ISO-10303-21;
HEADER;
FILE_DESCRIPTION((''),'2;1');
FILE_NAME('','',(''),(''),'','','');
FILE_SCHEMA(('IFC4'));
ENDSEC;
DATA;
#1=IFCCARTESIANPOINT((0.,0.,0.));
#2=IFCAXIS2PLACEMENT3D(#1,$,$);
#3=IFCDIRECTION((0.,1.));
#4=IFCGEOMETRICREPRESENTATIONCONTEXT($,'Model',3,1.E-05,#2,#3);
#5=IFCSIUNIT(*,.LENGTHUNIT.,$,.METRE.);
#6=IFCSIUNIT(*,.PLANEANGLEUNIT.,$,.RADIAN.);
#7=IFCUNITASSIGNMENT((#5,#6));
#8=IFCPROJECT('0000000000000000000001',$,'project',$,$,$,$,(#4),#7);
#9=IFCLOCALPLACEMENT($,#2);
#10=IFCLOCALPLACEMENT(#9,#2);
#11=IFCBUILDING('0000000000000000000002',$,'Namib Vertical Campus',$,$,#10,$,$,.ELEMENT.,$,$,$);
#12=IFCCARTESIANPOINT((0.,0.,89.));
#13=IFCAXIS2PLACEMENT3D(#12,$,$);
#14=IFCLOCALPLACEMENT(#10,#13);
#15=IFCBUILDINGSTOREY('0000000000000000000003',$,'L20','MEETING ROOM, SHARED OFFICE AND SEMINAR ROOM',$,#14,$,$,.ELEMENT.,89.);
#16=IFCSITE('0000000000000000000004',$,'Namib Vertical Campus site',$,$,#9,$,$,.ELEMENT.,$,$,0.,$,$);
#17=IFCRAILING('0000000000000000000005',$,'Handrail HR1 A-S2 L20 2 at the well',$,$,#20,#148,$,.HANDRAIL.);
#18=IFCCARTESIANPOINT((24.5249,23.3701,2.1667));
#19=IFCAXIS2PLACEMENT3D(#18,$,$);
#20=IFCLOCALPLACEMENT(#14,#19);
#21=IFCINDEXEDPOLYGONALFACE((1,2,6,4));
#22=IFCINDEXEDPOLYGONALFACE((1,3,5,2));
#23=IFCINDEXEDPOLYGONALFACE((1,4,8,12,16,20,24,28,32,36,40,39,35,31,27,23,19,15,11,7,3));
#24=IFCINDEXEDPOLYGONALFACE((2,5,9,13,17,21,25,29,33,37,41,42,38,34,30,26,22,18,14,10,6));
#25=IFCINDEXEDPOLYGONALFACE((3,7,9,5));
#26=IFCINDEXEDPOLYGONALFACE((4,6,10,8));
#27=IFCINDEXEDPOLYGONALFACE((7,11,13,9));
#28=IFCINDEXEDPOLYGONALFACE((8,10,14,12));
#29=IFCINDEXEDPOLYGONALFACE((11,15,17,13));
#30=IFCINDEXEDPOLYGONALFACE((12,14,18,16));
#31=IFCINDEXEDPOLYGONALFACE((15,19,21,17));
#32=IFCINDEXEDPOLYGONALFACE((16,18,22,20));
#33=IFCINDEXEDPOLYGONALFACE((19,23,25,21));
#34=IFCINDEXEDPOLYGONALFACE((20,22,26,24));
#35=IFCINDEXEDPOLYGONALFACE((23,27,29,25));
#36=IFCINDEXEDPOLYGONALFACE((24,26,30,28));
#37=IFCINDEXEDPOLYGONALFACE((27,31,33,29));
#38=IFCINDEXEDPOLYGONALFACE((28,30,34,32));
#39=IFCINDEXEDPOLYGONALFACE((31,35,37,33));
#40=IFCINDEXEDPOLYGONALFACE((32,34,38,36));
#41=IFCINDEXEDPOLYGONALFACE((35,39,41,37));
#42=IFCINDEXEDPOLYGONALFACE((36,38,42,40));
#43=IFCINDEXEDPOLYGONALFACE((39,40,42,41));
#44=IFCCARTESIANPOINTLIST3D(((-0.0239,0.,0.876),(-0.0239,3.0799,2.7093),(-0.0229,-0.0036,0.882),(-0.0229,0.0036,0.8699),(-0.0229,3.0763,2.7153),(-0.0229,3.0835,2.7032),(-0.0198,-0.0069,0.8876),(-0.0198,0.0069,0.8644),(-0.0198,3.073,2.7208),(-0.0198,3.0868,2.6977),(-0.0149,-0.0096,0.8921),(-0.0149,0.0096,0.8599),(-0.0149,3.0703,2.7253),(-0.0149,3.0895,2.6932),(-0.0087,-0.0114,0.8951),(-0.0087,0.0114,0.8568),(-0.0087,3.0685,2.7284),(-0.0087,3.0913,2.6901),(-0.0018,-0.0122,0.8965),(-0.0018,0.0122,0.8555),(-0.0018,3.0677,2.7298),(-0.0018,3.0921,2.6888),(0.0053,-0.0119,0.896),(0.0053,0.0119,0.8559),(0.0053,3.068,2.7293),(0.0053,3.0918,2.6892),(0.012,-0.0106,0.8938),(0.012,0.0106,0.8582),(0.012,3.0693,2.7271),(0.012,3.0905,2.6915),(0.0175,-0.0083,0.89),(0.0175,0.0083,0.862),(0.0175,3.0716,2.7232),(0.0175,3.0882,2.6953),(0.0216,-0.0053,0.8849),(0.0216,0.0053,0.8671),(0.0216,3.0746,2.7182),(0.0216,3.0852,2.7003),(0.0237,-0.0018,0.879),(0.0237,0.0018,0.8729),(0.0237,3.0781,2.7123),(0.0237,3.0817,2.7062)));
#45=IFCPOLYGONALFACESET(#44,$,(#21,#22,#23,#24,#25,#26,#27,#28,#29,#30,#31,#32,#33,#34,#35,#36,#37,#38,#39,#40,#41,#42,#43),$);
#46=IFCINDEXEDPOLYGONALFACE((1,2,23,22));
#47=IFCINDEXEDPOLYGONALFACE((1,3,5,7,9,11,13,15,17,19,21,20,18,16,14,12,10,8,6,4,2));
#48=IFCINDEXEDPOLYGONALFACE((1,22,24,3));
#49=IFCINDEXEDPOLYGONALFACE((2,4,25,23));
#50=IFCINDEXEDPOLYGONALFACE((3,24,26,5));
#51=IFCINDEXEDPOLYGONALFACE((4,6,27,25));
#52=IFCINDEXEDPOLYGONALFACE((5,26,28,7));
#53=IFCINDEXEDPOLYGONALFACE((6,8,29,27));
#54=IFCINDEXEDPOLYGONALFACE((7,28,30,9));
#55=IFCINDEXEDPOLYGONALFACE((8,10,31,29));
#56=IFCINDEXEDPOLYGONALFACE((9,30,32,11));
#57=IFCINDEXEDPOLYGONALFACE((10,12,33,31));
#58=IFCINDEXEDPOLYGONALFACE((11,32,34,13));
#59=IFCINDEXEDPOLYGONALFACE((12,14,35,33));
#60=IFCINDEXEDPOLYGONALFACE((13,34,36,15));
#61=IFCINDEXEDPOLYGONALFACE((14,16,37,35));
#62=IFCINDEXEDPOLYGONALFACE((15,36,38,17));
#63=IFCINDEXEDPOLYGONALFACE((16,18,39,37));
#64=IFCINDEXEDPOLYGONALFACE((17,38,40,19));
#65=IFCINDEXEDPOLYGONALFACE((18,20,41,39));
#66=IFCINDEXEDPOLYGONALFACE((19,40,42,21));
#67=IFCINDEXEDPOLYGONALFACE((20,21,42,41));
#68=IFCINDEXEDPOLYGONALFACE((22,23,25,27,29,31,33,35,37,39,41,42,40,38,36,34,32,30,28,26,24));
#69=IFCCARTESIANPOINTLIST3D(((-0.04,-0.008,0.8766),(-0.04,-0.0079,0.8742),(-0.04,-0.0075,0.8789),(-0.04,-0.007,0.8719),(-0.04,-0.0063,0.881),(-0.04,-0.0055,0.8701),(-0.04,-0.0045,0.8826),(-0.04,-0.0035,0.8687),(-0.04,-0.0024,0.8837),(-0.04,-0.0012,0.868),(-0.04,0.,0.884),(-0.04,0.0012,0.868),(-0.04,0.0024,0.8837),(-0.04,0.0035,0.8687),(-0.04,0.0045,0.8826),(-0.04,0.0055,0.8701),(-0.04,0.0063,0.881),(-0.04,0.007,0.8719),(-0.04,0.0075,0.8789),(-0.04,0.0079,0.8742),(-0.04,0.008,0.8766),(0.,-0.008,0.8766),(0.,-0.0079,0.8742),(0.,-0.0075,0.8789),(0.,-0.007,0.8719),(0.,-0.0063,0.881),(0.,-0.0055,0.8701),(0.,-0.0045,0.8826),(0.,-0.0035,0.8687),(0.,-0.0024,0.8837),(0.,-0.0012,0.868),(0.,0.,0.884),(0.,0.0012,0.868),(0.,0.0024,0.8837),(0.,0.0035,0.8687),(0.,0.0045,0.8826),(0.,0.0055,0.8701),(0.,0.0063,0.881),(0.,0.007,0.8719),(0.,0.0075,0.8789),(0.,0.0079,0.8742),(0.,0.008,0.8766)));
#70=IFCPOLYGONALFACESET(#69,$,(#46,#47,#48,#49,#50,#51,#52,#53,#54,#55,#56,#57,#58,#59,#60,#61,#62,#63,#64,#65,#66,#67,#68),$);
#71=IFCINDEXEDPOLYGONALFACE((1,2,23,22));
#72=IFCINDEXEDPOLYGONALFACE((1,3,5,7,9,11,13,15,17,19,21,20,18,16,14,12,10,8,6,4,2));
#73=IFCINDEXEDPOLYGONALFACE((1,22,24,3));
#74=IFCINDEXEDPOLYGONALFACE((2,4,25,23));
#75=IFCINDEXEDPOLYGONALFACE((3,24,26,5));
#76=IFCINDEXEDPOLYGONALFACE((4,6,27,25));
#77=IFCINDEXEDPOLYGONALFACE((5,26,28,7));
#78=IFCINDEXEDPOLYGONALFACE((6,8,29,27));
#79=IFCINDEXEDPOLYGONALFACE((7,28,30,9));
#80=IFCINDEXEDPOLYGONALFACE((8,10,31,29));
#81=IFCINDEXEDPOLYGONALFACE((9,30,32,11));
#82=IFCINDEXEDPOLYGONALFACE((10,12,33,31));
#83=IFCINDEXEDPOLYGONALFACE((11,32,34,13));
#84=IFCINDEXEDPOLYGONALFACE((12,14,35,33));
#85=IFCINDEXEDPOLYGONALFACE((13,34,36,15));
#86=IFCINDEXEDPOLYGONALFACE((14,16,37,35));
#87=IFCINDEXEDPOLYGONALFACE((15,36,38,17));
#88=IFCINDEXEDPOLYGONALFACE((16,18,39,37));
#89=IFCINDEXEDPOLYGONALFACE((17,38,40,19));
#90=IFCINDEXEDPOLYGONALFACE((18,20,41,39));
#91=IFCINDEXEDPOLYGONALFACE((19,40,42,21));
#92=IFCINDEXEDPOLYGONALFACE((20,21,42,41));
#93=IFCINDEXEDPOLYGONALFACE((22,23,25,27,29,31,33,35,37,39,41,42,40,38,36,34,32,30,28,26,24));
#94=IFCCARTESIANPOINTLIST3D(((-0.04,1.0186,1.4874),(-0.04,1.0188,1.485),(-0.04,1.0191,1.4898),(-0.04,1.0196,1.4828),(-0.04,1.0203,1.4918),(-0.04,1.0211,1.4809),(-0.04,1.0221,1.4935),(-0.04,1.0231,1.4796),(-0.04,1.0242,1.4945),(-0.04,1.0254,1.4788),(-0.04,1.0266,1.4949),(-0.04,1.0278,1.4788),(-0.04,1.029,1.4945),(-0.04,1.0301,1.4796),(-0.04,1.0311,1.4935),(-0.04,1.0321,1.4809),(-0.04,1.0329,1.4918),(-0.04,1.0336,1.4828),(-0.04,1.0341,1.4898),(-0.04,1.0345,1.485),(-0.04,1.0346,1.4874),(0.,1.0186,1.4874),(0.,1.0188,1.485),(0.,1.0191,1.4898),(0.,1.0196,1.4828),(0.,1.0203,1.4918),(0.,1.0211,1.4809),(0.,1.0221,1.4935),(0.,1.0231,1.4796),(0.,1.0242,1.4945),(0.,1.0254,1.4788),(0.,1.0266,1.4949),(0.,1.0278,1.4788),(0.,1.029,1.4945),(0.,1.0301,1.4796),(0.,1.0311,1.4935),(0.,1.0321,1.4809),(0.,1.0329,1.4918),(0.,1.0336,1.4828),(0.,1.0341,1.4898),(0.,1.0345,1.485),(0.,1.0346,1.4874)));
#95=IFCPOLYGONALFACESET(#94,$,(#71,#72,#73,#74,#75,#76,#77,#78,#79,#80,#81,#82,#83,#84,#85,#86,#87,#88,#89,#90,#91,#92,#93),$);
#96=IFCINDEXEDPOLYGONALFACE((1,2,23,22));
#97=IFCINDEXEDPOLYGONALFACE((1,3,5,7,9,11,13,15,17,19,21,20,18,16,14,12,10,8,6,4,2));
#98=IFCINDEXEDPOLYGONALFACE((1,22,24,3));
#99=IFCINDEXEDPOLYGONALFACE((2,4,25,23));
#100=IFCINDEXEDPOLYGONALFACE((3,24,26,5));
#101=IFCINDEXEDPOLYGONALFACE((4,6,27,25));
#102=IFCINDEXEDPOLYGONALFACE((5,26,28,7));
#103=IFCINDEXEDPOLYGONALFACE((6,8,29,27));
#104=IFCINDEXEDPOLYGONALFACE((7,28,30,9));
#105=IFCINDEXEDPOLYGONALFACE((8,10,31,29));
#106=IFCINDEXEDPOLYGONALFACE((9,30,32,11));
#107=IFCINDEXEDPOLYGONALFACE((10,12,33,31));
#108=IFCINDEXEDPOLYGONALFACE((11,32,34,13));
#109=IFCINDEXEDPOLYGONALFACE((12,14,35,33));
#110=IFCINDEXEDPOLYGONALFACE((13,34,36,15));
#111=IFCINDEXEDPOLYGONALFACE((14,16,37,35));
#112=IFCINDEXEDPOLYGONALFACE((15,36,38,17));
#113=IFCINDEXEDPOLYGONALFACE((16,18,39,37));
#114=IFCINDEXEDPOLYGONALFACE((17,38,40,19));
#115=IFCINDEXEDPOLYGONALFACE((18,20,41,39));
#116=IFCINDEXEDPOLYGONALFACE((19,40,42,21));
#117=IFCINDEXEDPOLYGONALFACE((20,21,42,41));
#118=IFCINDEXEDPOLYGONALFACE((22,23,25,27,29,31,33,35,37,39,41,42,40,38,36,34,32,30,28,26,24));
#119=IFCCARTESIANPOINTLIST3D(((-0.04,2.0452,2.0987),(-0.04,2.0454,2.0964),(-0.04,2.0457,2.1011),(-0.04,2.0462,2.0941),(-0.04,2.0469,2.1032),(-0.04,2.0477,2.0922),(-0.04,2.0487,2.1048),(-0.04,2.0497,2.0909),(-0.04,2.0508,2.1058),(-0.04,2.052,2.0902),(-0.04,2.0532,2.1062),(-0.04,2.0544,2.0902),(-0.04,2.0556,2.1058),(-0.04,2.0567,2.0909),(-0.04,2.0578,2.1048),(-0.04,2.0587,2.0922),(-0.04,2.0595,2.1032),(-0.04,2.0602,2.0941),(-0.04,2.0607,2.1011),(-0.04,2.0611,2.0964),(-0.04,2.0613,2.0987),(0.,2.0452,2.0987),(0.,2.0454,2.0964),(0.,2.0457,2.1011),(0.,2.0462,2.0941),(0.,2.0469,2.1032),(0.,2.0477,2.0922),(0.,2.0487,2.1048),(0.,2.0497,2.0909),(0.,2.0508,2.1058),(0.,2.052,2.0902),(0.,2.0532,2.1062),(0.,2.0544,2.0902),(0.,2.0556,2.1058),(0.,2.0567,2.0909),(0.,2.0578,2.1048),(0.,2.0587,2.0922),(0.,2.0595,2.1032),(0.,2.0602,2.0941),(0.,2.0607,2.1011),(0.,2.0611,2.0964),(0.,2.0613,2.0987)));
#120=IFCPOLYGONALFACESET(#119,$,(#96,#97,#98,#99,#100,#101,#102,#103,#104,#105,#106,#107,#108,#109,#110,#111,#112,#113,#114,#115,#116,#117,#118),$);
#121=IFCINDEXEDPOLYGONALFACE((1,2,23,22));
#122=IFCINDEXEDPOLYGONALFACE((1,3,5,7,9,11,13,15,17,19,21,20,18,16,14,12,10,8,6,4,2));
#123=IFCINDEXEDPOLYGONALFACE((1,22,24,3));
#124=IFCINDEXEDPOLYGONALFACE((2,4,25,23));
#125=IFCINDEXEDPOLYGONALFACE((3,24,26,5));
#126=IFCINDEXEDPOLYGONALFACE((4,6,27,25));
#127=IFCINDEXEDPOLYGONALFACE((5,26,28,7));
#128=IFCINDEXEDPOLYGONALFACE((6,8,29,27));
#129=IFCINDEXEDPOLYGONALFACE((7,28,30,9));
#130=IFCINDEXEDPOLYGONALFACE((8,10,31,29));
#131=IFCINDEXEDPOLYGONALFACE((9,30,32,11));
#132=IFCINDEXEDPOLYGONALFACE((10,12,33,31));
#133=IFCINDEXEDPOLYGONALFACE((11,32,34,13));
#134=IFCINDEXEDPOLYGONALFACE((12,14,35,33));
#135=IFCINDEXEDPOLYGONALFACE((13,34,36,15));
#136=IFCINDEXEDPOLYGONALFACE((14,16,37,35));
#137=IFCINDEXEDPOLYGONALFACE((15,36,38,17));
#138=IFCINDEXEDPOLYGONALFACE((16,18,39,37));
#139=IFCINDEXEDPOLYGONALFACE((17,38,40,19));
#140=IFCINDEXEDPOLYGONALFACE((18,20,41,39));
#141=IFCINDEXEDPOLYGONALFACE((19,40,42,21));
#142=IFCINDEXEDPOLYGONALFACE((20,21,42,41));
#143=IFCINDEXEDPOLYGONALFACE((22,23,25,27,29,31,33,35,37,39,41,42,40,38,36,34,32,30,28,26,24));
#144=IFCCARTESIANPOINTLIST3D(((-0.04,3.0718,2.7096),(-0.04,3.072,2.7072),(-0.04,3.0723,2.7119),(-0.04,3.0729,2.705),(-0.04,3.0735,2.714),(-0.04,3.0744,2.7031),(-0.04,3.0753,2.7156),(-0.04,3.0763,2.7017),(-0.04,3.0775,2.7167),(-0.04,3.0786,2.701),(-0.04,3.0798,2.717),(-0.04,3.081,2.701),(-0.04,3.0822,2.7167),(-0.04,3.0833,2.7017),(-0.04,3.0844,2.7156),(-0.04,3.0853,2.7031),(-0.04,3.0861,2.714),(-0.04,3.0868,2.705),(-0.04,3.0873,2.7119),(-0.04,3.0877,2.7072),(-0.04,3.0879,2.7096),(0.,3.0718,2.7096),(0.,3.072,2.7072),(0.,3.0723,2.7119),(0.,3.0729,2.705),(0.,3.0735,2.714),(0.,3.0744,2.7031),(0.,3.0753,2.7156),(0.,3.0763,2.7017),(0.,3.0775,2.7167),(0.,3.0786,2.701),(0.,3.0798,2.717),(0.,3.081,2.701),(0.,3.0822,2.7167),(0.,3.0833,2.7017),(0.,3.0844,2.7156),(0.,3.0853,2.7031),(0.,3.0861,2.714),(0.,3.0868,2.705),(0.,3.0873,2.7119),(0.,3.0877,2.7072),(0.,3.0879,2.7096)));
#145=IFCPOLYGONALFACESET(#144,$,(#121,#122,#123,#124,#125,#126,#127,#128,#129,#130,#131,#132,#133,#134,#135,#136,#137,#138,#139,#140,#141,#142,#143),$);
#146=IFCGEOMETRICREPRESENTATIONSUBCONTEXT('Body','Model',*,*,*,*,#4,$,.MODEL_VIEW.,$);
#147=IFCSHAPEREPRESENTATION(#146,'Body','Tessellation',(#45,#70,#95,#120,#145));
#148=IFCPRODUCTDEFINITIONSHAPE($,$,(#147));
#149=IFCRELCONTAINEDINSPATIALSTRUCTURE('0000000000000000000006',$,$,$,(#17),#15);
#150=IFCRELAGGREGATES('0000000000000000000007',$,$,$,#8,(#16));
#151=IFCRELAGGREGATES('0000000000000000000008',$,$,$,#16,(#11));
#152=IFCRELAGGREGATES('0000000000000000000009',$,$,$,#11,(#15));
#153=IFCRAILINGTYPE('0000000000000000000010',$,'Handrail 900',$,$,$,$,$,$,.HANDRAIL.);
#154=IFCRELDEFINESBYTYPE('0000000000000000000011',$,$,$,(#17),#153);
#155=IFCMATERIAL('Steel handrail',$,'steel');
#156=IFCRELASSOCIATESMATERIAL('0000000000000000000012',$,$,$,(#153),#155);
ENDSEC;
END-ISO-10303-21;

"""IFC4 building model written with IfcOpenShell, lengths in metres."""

from ifc_helpers import new_model, si_unit, direction, frame, origin, origin_2d, place, context, subcontext, project, spatial, circle, extrude, material, type_object, element, save


model = new_model("IFC4")

# Units and contexts
model_context = context("Model", 3, precision=1e-05, world=origin(), true_north=direction((0.0, 1.0)))
body_context = subcontext(model_context, "Body", "Model", "MODEL_VIEW")
ifc_project = project(units=[si_unit("LENGTHUNIT", "METRE"), si_unit("PLANEANGLEUNIT", "RADIAN")], contexts=[model_context])

# Site, building, storey
site_placement = place(None, origin())
site = spatial("IfcSite", under=ifc_project, at=site_placement, Name="Namib Vertical Campus site", CompositionType="ELEMENT", RefElevation=0.0)
building_placement = place(site_placement, origin())
building = spatial("IfcBuilding", under=site, at=building_placement, Name="Namib Vertical Campus", CompositionType="ELEMENT")
storey_placement = place(building_placement, frame((0.0, 0.0, 89.0)))
storey = spatial("IfcBuildingStorey", under=building, at=storey_placement, Name="L20", Description="MEETING ROOM, SHARED OFFICE AND SEMINAR ROOM", CompositionType="ELEMENT", Elevation=89.0)

# Railing
ifc_material_1 = material(Name="Steel handrail", Category="steel")
railing_type_1 = type_object("IfcRailingType", Name="Handrail 900", PredefinedType="HANDRAIL", material=ifc_material_1)
railing_1_placement = place(storey_placement, frame((24.5249, 23.3701, 2.1667)))
element("IfcRailing", 1, at=railing_1_placement, inside=storey, type_object=railing_type_1, Name="Handrail HR1 A-S2 L20 2 at the well", PredefinedType="HANDRAIL", context=body_context, shape_type="SweptSolid", body=[
    extrude(circle(Radius=0.0239, at=origin_2d()), frame((0.0, 0.0, 0.876), z_axis=(0.0, 0.859291, 0.511487), x_axis=(-1.0, 0.0, 0.0)), (0.0, 0.0, 1.0), 3.5842),
    extrude(circle(Radius=0.0081, at=origin_2d()), frame((0.0, 0.0, 0.876), z_axis=(-1.0, 0.0, 0.0), x_axis=(0.0, 0.0, 1.0)), (0.0, 0.0, 1.0), 0.04),
    extrude(circle(Radius=0.0081, at=origin_2d()), frame((0.0, 1.0266, 1.4868), z_axis=(-1.0, 0.0, 0.0), x_axis=(0.0, 0.0, 1.0)), (0.0, 0.0, 1.0), 0.04),
    extrude(circle(Radius=0.0081, at=origin_2d()), frame((0.0, 2.0532, 2.0981), z_axis=(-1.0, 0.0, 0.0), x_axis=(0.0, 0.0, 1.0)), (0.0, 0.0, 1.0), 0.04),
    extrude(circle(Radius=0.0081, at=origin_2d()), frame((0.0, 3.0798, 2.709), z_axis=(-1.0, 0.0, 0.0), x_axis=(0.0, 0.0, 1.0)), (0.0, 0.0, 1.0), 0.04),
])

save(model, "model.ifc")
